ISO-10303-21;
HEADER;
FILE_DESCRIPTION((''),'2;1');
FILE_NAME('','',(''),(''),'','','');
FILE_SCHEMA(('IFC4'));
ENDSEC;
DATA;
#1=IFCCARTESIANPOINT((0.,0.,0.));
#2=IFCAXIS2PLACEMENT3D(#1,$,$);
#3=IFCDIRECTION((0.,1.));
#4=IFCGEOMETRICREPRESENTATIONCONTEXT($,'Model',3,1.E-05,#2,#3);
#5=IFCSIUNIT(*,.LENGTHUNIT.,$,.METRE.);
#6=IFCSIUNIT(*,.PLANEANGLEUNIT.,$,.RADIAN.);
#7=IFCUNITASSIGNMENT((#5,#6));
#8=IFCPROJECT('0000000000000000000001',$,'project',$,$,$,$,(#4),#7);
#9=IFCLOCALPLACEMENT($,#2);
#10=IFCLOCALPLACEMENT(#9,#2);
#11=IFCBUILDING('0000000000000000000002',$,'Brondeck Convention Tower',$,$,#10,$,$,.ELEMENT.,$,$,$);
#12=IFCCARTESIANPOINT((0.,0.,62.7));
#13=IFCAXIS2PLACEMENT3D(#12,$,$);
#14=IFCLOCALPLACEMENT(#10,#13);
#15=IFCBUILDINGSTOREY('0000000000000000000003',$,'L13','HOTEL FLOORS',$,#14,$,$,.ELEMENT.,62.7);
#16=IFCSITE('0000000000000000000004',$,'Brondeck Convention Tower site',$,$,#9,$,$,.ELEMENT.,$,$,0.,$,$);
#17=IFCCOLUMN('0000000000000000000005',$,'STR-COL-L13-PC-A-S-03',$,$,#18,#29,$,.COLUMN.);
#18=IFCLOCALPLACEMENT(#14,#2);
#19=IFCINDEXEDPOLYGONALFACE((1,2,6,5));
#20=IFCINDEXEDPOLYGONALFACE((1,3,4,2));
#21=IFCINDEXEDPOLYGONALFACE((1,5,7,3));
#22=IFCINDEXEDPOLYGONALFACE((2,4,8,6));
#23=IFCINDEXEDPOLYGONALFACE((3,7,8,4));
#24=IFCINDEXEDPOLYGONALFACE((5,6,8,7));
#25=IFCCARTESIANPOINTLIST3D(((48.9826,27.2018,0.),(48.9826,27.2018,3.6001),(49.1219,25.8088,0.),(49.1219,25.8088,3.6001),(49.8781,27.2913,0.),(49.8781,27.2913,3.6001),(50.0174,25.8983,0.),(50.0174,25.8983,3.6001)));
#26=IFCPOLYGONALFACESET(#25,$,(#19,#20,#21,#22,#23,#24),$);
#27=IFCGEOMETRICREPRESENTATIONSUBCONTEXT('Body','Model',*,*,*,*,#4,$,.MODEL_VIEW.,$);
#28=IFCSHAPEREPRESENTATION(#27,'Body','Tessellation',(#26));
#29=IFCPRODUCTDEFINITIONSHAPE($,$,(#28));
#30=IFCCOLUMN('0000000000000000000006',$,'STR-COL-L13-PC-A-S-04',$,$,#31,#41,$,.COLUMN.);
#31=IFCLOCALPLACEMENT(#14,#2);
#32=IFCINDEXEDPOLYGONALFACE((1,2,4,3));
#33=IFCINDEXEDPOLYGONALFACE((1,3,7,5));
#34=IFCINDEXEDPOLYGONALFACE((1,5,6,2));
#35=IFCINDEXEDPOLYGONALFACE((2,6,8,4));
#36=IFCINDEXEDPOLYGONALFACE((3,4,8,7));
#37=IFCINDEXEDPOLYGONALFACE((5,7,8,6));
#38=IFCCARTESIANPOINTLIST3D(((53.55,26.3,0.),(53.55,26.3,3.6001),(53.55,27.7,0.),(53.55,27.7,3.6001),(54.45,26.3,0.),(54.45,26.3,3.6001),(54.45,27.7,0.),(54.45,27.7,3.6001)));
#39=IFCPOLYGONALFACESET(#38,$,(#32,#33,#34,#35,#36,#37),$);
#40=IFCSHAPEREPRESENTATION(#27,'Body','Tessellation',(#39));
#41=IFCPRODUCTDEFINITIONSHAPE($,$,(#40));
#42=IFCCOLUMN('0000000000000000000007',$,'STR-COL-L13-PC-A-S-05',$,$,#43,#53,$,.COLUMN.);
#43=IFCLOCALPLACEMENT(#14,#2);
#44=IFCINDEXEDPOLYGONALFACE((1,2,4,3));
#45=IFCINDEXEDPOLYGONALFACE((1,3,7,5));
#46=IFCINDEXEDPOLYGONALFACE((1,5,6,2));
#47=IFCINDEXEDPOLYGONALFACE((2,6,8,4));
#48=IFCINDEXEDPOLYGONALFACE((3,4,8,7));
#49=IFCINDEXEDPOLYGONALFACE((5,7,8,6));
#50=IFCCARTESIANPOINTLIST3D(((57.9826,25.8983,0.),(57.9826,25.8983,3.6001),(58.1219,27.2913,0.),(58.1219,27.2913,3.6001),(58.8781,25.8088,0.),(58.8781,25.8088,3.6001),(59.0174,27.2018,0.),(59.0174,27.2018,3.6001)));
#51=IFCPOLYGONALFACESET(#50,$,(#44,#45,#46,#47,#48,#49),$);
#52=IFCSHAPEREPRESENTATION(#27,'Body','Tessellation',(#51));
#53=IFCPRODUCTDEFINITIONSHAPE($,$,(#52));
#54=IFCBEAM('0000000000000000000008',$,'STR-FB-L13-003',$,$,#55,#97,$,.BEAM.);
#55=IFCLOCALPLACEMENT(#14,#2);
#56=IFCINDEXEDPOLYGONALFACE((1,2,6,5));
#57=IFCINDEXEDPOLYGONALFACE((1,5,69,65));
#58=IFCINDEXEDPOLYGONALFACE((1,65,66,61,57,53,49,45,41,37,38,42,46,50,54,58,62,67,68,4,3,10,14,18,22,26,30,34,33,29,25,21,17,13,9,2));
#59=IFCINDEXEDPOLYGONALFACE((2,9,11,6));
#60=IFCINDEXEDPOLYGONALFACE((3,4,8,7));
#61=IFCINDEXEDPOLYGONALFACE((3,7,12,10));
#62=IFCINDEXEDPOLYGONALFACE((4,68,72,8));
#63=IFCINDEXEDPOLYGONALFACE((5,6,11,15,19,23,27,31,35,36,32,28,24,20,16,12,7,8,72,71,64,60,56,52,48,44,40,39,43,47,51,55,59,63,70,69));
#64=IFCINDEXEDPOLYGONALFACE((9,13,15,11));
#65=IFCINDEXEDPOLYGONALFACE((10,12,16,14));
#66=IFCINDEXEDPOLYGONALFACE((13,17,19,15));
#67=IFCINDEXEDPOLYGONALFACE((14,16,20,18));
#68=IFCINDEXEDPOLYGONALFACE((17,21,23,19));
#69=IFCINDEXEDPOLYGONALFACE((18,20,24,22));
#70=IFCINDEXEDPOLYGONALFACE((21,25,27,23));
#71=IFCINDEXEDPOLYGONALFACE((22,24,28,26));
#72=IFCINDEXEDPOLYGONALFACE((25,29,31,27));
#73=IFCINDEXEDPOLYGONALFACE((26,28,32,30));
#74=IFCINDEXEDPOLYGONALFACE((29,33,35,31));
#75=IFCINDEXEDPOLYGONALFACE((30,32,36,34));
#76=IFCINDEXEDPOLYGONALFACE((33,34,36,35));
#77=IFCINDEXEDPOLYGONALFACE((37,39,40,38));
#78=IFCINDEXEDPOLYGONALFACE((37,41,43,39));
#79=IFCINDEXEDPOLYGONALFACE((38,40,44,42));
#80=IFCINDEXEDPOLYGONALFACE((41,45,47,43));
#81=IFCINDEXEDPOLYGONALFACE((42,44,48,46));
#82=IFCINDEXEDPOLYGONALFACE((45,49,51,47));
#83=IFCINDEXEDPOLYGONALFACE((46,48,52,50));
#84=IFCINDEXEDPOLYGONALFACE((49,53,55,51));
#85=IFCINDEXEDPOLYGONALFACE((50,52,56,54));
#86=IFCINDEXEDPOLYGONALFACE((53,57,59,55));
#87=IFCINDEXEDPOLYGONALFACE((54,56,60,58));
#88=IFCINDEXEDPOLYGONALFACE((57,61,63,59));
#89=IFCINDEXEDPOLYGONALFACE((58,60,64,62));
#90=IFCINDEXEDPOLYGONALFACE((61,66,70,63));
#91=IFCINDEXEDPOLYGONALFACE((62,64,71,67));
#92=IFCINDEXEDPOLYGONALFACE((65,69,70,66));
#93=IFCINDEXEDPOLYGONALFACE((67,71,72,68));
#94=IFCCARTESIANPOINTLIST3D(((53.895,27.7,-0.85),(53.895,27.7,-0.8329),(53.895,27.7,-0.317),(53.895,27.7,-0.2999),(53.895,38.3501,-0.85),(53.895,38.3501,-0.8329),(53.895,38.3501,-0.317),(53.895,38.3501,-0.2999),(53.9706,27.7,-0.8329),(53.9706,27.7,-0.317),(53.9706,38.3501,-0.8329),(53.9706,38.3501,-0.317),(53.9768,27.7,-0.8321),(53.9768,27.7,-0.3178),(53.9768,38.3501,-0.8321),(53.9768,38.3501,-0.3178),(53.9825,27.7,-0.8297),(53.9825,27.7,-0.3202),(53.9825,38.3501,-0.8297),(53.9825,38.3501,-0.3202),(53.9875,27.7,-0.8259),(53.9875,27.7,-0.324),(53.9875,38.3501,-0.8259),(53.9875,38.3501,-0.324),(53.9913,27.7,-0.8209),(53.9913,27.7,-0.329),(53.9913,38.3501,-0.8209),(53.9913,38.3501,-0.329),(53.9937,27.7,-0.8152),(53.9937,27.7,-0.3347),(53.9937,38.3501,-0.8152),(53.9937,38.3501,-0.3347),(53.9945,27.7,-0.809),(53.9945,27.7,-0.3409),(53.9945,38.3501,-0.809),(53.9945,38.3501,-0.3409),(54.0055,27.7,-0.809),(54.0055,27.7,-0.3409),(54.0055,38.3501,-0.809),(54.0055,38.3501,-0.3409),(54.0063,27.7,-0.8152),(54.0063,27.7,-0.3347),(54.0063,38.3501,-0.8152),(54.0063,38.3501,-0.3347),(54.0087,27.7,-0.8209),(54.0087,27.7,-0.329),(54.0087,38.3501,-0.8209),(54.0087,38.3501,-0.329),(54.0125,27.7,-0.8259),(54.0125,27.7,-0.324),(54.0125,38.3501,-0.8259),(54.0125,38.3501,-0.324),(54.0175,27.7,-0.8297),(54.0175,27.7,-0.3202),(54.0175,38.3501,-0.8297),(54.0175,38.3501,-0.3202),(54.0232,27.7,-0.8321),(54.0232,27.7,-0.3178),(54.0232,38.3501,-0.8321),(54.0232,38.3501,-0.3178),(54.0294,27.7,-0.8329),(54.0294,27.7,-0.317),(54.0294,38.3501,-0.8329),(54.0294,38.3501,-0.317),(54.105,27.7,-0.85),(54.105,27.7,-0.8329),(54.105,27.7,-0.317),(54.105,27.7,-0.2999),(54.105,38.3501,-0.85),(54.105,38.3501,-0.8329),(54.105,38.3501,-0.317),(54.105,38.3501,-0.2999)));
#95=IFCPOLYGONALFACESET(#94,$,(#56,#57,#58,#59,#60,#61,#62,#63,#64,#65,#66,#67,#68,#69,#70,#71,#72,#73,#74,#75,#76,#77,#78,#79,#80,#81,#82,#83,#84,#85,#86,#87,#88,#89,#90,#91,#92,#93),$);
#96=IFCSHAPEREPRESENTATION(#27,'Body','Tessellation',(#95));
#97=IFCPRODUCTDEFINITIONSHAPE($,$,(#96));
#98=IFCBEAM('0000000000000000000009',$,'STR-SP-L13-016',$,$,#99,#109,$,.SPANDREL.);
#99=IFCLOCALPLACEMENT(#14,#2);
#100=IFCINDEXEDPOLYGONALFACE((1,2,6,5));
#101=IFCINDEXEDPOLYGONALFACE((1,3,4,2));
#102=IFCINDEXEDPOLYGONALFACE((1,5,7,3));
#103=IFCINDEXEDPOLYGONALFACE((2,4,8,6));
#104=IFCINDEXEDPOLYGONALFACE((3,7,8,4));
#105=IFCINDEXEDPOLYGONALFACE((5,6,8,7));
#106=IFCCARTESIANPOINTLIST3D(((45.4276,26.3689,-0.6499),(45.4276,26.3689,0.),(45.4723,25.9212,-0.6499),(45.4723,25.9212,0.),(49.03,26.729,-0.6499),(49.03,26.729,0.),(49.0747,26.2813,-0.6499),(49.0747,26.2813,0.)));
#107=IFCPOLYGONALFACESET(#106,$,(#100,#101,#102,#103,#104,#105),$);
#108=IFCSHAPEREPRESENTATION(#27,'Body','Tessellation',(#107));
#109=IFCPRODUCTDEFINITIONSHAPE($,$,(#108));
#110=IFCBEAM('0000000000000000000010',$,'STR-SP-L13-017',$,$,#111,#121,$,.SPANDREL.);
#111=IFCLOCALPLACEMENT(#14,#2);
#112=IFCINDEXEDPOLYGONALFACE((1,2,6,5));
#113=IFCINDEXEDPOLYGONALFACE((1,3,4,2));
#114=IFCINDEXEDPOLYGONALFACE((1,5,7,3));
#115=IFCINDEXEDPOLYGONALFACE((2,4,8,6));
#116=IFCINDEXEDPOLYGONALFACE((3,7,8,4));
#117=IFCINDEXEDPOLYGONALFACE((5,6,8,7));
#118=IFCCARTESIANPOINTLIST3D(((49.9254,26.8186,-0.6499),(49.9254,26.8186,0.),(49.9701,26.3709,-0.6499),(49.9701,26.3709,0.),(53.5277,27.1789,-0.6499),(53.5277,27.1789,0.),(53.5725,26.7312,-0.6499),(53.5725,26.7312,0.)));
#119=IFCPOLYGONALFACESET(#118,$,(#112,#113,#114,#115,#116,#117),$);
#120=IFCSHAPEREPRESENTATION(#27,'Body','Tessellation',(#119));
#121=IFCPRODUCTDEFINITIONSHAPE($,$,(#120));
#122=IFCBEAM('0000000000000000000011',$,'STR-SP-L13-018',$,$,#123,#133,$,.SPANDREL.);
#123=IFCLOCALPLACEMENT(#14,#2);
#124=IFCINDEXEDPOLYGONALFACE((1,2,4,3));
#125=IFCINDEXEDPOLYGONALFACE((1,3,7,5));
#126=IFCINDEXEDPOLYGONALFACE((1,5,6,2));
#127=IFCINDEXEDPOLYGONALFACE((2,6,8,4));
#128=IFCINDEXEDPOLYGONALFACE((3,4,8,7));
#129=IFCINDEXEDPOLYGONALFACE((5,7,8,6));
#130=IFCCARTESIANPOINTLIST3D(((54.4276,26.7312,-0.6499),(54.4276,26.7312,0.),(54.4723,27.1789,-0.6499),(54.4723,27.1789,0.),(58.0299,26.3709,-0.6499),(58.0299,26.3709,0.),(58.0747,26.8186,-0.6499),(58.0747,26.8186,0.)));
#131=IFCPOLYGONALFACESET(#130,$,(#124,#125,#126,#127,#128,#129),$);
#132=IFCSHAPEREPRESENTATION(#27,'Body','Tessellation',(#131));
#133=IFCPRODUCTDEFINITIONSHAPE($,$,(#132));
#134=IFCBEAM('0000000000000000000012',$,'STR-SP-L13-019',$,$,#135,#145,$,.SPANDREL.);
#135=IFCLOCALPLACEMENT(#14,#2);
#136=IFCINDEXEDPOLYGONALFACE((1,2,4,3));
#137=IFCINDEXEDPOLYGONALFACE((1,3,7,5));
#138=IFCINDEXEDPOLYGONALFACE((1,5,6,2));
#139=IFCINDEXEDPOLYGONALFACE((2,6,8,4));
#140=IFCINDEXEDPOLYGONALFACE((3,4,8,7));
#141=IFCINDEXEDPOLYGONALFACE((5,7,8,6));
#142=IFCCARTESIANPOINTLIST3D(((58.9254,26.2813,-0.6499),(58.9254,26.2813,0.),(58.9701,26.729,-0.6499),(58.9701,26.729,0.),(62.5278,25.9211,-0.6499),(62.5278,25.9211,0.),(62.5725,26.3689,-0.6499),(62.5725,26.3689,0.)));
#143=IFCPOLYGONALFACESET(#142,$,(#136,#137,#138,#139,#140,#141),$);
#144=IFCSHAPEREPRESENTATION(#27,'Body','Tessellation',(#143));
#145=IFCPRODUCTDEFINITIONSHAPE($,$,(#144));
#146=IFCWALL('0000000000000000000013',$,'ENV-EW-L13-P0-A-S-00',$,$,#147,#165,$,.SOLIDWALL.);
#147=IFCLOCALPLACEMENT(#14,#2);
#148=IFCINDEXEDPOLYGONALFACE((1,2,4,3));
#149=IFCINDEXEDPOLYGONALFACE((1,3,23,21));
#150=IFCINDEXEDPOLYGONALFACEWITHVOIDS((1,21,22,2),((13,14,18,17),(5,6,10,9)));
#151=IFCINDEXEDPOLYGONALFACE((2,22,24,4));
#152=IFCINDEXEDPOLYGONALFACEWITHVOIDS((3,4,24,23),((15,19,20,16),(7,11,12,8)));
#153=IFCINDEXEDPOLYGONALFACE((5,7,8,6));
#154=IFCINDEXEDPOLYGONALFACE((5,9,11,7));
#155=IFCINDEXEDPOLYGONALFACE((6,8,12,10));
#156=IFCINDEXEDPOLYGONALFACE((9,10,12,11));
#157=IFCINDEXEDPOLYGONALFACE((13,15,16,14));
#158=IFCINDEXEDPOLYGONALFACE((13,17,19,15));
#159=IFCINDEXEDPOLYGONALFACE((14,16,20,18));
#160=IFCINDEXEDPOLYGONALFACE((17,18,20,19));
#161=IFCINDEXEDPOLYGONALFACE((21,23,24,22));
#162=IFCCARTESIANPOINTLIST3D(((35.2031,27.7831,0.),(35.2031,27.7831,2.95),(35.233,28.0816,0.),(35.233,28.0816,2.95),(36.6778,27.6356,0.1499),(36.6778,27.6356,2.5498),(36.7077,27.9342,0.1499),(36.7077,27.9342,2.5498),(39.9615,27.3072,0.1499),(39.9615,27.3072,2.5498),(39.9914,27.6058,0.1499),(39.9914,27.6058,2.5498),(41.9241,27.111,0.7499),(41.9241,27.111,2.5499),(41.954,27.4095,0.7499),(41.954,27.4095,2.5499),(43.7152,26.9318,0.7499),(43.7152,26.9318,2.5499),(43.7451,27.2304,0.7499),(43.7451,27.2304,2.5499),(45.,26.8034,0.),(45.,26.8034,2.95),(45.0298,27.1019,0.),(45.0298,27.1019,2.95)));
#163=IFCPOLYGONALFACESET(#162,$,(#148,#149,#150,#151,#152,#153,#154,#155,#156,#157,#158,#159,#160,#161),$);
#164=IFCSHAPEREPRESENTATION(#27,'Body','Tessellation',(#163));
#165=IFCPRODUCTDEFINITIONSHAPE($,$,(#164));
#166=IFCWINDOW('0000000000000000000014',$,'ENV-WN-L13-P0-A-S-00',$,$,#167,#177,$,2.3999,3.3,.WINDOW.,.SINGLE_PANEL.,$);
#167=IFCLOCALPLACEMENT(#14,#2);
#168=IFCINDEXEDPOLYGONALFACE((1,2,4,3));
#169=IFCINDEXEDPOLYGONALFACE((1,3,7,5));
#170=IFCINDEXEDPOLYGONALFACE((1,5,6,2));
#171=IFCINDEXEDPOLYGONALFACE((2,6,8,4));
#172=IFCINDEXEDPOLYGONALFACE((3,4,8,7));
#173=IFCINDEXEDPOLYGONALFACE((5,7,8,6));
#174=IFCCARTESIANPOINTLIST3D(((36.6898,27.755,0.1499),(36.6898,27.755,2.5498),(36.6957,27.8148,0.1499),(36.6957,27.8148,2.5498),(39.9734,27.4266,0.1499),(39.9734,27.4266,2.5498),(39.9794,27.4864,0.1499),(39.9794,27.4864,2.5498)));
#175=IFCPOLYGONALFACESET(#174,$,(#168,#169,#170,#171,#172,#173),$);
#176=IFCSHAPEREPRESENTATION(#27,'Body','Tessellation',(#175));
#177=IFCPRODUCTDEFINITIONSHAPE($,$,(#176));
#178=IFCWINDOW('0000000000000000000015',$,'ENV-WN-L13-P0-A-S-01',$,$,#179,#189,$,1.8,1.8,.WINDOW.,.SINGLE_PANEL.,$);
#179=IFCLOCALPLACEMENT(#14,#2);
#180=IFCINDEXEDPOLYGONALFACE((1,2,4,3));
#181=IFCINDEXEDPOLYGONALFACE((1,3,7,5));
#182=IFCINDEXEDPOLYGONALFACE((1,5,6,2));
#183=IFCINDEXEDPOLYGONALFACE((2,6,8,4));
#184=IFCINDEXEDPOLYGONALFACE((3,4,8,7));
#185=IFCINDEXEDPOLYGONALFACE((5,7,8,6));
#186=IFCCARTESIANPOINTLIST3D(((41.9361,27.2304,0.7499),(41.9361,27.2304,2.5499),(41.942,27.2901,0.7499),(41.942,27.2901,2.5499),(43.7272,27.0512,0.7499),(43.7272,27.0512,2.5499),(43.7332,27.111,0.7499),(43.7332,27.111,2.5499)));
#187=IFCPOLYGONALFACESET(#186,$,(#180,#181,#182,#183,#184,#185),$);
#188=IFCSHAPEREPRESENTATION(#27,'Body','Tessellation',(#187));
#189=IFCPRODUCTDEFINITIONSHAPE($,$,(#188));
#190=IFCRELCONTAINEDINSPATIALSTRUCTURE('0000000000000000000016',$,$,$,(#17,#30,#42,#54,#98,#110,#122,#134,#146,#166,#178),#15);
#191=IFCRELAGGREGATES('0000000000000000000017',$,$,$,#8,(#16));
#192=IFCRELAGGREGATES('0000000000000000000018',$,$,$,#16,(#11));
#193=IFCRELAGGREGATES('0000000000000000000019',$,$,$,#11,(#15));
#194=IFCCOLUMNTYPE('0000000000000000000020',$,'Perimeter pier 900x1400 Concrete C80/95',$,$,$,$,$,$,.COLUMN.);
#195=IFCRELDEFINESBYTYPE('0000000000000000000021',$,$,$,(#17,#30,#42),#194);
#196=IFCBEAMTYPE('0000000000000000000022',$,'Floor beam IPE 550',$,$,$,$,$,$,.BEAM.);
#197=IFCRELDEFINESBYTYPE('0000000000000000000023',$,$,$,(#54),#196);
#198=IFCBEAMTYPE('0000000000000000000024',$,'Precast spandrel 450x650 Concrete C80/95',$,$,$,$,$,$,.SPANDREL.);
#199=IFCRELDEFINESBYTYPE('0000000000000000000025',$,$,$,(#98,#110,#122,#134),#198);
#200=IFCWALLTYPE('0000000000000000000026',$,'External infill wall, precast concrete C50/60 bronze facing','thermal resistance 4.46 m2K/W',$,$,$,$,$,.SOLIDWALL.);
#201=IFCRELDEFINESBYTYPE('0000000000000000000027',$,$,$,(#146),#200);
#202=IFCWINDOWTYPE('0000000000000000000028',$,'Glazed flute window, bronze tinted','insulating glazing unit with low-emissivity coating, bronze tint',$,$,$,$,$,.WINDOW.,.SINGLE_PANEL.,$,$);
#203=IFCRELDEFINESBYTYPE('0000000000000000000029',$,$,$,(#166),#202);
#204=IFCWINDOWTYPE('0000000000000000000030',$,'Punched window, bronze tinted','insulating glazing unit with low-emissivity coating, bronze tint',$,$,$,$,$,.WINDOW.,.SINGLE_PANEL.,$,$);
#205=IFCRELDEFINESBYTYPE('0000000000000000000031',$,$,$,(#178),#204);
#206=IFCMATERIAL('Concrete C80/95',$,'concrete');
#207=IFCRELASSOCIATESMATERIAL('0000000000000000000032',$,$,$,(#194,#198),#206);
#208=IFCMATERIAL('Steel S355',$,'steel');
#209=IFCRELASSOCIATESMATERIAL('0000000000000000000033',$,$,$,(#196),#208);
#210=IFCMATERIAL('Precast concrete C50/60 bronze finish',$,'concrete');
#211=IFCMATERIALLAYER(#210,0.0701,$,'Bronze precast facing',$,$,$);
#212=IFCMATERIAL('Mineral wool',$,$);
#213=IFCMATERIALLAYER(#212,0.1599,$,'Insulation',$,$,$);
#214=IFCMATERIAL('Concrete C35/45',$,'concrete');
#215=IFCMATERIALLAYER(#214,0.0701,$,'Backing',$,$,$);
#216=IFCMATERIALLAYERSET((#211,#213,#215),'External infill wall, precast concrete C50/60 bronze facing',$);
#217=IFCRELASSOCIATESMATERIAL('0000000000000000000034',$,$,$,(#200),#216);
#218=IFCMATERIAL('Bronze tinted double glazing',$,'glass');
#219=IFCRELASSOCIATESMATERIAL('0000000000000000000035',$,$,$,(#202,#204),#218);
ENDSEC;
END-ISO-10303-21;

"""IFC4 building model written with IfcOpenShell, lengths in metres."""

from ifc_helpers import new_model, si_unit, direction, frame, frame_2d, origin, origin_2d, place, context, subcontext, project, spatial, rectangle, i_section, extrude, material, layer, layer_set, material_profile, profile_set, type_object, element, fill, save


model = new_model("IFC4")

# Units and contexts
model_context = context("Model", 3, precision=1e-05, world=origin(), true_north=direction((0.0, 1.0)))
body_context = subcontext(model_context, "Body", "Model", "MODEL_VIEW")
ifc_project = project(units=[si_unit("LENGTHUNIT", "METRE"), si_unit("PLANEANGLEUNIT", "RADIAN")], contexts=[model_context])

# Site, building, storey
site_placement = place(None, origin())
site = spatial("IfcSite", under=ifc_project, at=site_placement, Name="Brondeck Convention Tower site", CompositionType="ELEMENT", RefElevation=0.0)
building_placement = place(site_placement, origin())
building = spatial("IfcBuilding", under=site, at=building_placement, Name="Brondeck Convention Tower", CompositionType="ELEMENT")
storey_placement = place(building_placement, frame((0.0, 0.0, 62.7)))
storey = spatial("IfcBuildingStorey", under=building, at=storey_placement, Name="L13", Description="HOTEL FLOORS", CompositionType="ELEMENT", Elevation=62.7)

# Columns
ifc_material_1 = material(Name="Concrete C80/95", Category="concrete")
ifc_material_profile_1 = material_profile(ifc_material_1, rectangle(XDim=0.8999, YDim=1.3999, at=origin_2d()), Name="Perimeter pier 900x1400 Concrete C80/95")
ifc_profile_set_1 = profile_set([ifc_material_profile_1], Name="Concrete C80/95")
column_type = type_object("IfcColumnType", Name="Perimeter pier 900x1400 Concrete C80/95", PredefinedType="COLUMN", material=ifc_profile_set_1)
for number, where, z_axis, x_axis, name in (
    (1, (49.5, 26.55, 0.0), (0.0, 0.0, 1.0), (0.995037, 0.099504, 0.0), "STR-COL-L13-PC-A-S-03"),
    (2, (54.0, 27.0, 0.0), (0.0, 0.0, 1.0), (1.0, 0.0, 0.0), "STR-COL-L13-PC-A-S-04"),
    (3, (58.5, 26.55, 0.0), (0.0, 0.0, 1.0), (0.995037, -0.099504, 0.0), "STR-COL-L13-PC-A-S-05"),
):
    element("IfcColumn", number, at=place(storey_placement, frame(where, z_axis=z_axis, x_axis=x_axis)), inside=storey, type_object=column_type, Name=name, PredefinedType="COLUMN", context=body_context, shape_type="SweptSolid", body=[
        extrude(rectangle(XDim=0.8999, YDim=1.3999, at=origin_2d()), origin(), (0.0, 0.0, 1.0), 3.6001),
    ])

# Beams
ifc_material_2 = material(Name="Steel S355", Category="steel")
ifc_material_profile_2 = material_profile(ifc_material_2, i_section(OverallWidth=0.21, OverallDepth=0.55, WebThickness=0.011, FlangeThickness=0.0171, FilletRadius=0.0239, at=origin_2d()), Name="IPE 550")
ifc_profile_set_2 = profile_set([ifc_material_profile_2], Name="Steel S355")
beam_type_1 = type_object("IfcBeamType", Name="Floor beam IPE 550", PredefinedType="BEAM", material=ifc_profile_set_2)
beam_placement = place(storey_placement, frame((54.0, 27.7, -0.575), z_axis=(0.0, 1.0, 0.0), x_axis=(-1.0, 0.0, 0.0)))
element("IfcBeam", 4, at=beam_placement, inside=storey, type_object=beam_type_1, Name="STR-FB-L13-003", PredefinedType="BEAM", context=body_context, shape_type="SweptSolid", body=[
    extrude(i_section(OverallWidth=0.21, OverallDepth=0.55, WebThickness=0.011, FlangeThickness=0.0171, FilletRadius=0.0239, at=origin_2d()), origin(), (0.0, 0.0, 1.0), 10.6501),
])
ifc_material_profile_3 = material_profile(ifc_material_1, rectangle(XDim=0.45, YDim=0.6499, at=origin_2d()), Name="Precast spandrel 450x650 Concrete C80/95")
ifc_profile_set_3 = profile_set([ifc_material_profile_3], Name="Concrete C80/95")
beam_type_2 = type_object("IfcBeamType", Name="Precast spandrel 450x650 Concrete C80/95", PredefinedType="SPANDREL", material=ifc_profile_set_3)
for number, where, z_axis, x_axis, name in (
    (5, (45.45, 26.145, -0.325), (0.995041, 0.09947, 0.0), (-0.09947, 0.995041, 0.0), "STR-SP-L13-016"),
    (6, (49.9478, 26.5947, -0.325), (0.995034, 0.099537, 0.0), (-0.099537, 0.995034, 0.0), "STR-SP-L13-017"),
    (7, (54.45, 26.9551, -0.325), (0.995034, -0.099537, 0.0), (0.099537, 0.995034, 0.0), "STR-SP-L13-018"),
    (8, (58.9478, 26.5051, -0.325), (0.995041, -0.09947, 0.0), (0.09947, 0.995041, 0.0), "STR-SP-L13-019"),
):
    element("IfcBeam", number, at=place(storey_placement, frame(where, z_axis=z_axis, x_axis=x_axis)), inside=storey, type_object=beam_type_2, Name=name, PredefinedType="SPANDREL", context=body_context, shape_type="SweptSolid", body=[
        extrude(rectangle(XDim=0.45, YDim=0.6499, at=origin_2d()), origin(), (0.0, 0.0, 1.0), 3.6204),
    ])

# Wall, openings, windows
ifc_material_3 = material(Name="Precast concrete C50/60 bronze finish", Category="concrete")
ifc_layer_1 = layer(ifc_material_3, 0.0701, Name="Bronze precast facing")
ifc_material_4 = material(Name="Mineral wool")
ifc_layer_2 = layer(ifc_material_4, 0.1599, Name="Insulation")
ifc_material_5 = material(Name="Concrete C35/45", Category="concrete")
ifc_layer_3 = layer(ifc_material_5, 0.0701, Name="Backing")
ifc_layer_set_1 = layer_set([ifc_layer_1, ifc_layer_2, ifc_layer_3], Name="External infill wall, precast concrete C50/60 bronze facing")
wall_type_1 = type_object("IfcWallType", Name="External infill wall, precast concrete C50/60 bronze facing", Description="thermal resistance 4.46 m2K/W", PredefinedType="SOLIDWALL", material=ifc_layer_set_1)
wall_1_placement = place(storey_placement, frame((45.0149, 26.9526, 0.0), z_axis=(0.0, 0.0, 1.0), x_axis=(-0.995037, 0.099509, 0.0)))
wall_1 = element("IfcWall", 9, at=wall_1_placement, inside=storey, type_object=wall_type_1, Name="ENV-EW-L13-P0-A-S-00", PredefinedType="SOLIDWALL", context=body_context, shape_type="SweptSolid", body=[
    extrude(rectangle(XDim=9.8457, YDim=0.3, at=frame_2d((4.9229, 0.0))), origin(), (0.0, 0.0, 1.0), 2.95),
])
opening_1_placement = place(wall_1_placement, frame((1.2913, 0.0, 0.75)))
opening_1 = element("IfcOpeningElement", 10, at=opening_1_placement, cuts=wall_1, PredefinedType="OPENING", context=body_context, shape_type="SweptSolid", body=[
    extrude(rectangle(XDim=1.8, YDim=1.8, at=frame_2d((0.8999, 0.8999))), frame((0.0, 0.1599, 0.0), z_axis=(0.0, -1.0, 0.0), x_axis=(1.0, 0.0, 0.0)), (0.0, 0.0, 1.0), 0.3201),
])
opening_2_placement = place(wall_1_placement, frame((5.0637, 0.0, 0.1499)))
opening_2 = element("IfcOpeningElement", 11, at=opening_2_placement, cuts=wall_1, PredefinedType="OPENING", context=body_context, shape_type="SweptSolid", body=[
    extrude(rectangle(XDim=3.3, YDim=2.3999, at=frame_2d((1.6499, 1.2))), frame((0.0, 0.1599, 0.0), z_axis=(0.0, -1.0, 0.0), x_axis=(1.0, 0.0, 0.0)), (0.0, 0.0, 1.0), 0.3201),
])
ifc_material_6 = material(Name="Bronze tinted double glazing", Category="glass")
window_type_1 = type_object("IfcWindowType", Name="Glazed flute window, bronze tinted", Description="insulating glazing unit with low-emissivity coating, bronze tint", PartitioningType="SINGLE_PANEL", PredefinedType="WINDOW", material=ifc_material_6)
window_1_placement = place(opening_2_placement, origin())
window_1 = element("IfcWindow", 12, at=window_1_placement, inside=storey, type_object=window_type_1, Name="ENV-WN-L13-P0-A-S-00", OverallHeight=2.3999, OverallWidth=3.3, PartitioningType="SINGLE_PANEL", PredefinedType="WINDOW", context=body_context, shape_type="SweptSolid", body=[
    extrude(rectangle(XDim=3.3, YDim=2.3999, at=frame_2d((1.6499, 1.2))), frame((0.0, 0.03, 0.0), z_axis=(0.0, -1.0, 0.0), x_axis=(1.0, 0.0, 0.0)), (0.0, 0.0, 1.0), 0.0601),
])
fill(opening_2, window_1)
window_type_2 = type_object("IfcWindowType", Name="Punched window, bronze tinted", Description="insulating glazing unit with low-emissivity coating, bronze tint", PartitioningType="SINGLE_PANEL", PredefinedType="WINDOW", material=ifc_material_6)
window_2_placement = place(opening_1_placement, origin())
window_2 = element("IfcWindow", 13, at=window_2_placement, inside=storey, type_object=window_type_2, Name="ENV-WN-L13-P0-A-S-01", OverallHeight=1.8, OverallWidth=1.8, PartitioningType="SINGLE_PANEL", PredefinedType="WINDOW", context=body_context, shape_type="SweptSolid", body=[
    extrude(rectangle(XDim=1.8, YDim=1.8, at=frame_2d((0.8999, 0.8999))), frame((0.0, 0.03, 0.0), z_axis=(0.0, -1.0, 0.0), x_axis=(1.0, 0.0, 0.0)), (0.0, 0.0, 1.0), 0.0601),
])
fill(opening_1, window_2)

save(model, "model.ifc")
